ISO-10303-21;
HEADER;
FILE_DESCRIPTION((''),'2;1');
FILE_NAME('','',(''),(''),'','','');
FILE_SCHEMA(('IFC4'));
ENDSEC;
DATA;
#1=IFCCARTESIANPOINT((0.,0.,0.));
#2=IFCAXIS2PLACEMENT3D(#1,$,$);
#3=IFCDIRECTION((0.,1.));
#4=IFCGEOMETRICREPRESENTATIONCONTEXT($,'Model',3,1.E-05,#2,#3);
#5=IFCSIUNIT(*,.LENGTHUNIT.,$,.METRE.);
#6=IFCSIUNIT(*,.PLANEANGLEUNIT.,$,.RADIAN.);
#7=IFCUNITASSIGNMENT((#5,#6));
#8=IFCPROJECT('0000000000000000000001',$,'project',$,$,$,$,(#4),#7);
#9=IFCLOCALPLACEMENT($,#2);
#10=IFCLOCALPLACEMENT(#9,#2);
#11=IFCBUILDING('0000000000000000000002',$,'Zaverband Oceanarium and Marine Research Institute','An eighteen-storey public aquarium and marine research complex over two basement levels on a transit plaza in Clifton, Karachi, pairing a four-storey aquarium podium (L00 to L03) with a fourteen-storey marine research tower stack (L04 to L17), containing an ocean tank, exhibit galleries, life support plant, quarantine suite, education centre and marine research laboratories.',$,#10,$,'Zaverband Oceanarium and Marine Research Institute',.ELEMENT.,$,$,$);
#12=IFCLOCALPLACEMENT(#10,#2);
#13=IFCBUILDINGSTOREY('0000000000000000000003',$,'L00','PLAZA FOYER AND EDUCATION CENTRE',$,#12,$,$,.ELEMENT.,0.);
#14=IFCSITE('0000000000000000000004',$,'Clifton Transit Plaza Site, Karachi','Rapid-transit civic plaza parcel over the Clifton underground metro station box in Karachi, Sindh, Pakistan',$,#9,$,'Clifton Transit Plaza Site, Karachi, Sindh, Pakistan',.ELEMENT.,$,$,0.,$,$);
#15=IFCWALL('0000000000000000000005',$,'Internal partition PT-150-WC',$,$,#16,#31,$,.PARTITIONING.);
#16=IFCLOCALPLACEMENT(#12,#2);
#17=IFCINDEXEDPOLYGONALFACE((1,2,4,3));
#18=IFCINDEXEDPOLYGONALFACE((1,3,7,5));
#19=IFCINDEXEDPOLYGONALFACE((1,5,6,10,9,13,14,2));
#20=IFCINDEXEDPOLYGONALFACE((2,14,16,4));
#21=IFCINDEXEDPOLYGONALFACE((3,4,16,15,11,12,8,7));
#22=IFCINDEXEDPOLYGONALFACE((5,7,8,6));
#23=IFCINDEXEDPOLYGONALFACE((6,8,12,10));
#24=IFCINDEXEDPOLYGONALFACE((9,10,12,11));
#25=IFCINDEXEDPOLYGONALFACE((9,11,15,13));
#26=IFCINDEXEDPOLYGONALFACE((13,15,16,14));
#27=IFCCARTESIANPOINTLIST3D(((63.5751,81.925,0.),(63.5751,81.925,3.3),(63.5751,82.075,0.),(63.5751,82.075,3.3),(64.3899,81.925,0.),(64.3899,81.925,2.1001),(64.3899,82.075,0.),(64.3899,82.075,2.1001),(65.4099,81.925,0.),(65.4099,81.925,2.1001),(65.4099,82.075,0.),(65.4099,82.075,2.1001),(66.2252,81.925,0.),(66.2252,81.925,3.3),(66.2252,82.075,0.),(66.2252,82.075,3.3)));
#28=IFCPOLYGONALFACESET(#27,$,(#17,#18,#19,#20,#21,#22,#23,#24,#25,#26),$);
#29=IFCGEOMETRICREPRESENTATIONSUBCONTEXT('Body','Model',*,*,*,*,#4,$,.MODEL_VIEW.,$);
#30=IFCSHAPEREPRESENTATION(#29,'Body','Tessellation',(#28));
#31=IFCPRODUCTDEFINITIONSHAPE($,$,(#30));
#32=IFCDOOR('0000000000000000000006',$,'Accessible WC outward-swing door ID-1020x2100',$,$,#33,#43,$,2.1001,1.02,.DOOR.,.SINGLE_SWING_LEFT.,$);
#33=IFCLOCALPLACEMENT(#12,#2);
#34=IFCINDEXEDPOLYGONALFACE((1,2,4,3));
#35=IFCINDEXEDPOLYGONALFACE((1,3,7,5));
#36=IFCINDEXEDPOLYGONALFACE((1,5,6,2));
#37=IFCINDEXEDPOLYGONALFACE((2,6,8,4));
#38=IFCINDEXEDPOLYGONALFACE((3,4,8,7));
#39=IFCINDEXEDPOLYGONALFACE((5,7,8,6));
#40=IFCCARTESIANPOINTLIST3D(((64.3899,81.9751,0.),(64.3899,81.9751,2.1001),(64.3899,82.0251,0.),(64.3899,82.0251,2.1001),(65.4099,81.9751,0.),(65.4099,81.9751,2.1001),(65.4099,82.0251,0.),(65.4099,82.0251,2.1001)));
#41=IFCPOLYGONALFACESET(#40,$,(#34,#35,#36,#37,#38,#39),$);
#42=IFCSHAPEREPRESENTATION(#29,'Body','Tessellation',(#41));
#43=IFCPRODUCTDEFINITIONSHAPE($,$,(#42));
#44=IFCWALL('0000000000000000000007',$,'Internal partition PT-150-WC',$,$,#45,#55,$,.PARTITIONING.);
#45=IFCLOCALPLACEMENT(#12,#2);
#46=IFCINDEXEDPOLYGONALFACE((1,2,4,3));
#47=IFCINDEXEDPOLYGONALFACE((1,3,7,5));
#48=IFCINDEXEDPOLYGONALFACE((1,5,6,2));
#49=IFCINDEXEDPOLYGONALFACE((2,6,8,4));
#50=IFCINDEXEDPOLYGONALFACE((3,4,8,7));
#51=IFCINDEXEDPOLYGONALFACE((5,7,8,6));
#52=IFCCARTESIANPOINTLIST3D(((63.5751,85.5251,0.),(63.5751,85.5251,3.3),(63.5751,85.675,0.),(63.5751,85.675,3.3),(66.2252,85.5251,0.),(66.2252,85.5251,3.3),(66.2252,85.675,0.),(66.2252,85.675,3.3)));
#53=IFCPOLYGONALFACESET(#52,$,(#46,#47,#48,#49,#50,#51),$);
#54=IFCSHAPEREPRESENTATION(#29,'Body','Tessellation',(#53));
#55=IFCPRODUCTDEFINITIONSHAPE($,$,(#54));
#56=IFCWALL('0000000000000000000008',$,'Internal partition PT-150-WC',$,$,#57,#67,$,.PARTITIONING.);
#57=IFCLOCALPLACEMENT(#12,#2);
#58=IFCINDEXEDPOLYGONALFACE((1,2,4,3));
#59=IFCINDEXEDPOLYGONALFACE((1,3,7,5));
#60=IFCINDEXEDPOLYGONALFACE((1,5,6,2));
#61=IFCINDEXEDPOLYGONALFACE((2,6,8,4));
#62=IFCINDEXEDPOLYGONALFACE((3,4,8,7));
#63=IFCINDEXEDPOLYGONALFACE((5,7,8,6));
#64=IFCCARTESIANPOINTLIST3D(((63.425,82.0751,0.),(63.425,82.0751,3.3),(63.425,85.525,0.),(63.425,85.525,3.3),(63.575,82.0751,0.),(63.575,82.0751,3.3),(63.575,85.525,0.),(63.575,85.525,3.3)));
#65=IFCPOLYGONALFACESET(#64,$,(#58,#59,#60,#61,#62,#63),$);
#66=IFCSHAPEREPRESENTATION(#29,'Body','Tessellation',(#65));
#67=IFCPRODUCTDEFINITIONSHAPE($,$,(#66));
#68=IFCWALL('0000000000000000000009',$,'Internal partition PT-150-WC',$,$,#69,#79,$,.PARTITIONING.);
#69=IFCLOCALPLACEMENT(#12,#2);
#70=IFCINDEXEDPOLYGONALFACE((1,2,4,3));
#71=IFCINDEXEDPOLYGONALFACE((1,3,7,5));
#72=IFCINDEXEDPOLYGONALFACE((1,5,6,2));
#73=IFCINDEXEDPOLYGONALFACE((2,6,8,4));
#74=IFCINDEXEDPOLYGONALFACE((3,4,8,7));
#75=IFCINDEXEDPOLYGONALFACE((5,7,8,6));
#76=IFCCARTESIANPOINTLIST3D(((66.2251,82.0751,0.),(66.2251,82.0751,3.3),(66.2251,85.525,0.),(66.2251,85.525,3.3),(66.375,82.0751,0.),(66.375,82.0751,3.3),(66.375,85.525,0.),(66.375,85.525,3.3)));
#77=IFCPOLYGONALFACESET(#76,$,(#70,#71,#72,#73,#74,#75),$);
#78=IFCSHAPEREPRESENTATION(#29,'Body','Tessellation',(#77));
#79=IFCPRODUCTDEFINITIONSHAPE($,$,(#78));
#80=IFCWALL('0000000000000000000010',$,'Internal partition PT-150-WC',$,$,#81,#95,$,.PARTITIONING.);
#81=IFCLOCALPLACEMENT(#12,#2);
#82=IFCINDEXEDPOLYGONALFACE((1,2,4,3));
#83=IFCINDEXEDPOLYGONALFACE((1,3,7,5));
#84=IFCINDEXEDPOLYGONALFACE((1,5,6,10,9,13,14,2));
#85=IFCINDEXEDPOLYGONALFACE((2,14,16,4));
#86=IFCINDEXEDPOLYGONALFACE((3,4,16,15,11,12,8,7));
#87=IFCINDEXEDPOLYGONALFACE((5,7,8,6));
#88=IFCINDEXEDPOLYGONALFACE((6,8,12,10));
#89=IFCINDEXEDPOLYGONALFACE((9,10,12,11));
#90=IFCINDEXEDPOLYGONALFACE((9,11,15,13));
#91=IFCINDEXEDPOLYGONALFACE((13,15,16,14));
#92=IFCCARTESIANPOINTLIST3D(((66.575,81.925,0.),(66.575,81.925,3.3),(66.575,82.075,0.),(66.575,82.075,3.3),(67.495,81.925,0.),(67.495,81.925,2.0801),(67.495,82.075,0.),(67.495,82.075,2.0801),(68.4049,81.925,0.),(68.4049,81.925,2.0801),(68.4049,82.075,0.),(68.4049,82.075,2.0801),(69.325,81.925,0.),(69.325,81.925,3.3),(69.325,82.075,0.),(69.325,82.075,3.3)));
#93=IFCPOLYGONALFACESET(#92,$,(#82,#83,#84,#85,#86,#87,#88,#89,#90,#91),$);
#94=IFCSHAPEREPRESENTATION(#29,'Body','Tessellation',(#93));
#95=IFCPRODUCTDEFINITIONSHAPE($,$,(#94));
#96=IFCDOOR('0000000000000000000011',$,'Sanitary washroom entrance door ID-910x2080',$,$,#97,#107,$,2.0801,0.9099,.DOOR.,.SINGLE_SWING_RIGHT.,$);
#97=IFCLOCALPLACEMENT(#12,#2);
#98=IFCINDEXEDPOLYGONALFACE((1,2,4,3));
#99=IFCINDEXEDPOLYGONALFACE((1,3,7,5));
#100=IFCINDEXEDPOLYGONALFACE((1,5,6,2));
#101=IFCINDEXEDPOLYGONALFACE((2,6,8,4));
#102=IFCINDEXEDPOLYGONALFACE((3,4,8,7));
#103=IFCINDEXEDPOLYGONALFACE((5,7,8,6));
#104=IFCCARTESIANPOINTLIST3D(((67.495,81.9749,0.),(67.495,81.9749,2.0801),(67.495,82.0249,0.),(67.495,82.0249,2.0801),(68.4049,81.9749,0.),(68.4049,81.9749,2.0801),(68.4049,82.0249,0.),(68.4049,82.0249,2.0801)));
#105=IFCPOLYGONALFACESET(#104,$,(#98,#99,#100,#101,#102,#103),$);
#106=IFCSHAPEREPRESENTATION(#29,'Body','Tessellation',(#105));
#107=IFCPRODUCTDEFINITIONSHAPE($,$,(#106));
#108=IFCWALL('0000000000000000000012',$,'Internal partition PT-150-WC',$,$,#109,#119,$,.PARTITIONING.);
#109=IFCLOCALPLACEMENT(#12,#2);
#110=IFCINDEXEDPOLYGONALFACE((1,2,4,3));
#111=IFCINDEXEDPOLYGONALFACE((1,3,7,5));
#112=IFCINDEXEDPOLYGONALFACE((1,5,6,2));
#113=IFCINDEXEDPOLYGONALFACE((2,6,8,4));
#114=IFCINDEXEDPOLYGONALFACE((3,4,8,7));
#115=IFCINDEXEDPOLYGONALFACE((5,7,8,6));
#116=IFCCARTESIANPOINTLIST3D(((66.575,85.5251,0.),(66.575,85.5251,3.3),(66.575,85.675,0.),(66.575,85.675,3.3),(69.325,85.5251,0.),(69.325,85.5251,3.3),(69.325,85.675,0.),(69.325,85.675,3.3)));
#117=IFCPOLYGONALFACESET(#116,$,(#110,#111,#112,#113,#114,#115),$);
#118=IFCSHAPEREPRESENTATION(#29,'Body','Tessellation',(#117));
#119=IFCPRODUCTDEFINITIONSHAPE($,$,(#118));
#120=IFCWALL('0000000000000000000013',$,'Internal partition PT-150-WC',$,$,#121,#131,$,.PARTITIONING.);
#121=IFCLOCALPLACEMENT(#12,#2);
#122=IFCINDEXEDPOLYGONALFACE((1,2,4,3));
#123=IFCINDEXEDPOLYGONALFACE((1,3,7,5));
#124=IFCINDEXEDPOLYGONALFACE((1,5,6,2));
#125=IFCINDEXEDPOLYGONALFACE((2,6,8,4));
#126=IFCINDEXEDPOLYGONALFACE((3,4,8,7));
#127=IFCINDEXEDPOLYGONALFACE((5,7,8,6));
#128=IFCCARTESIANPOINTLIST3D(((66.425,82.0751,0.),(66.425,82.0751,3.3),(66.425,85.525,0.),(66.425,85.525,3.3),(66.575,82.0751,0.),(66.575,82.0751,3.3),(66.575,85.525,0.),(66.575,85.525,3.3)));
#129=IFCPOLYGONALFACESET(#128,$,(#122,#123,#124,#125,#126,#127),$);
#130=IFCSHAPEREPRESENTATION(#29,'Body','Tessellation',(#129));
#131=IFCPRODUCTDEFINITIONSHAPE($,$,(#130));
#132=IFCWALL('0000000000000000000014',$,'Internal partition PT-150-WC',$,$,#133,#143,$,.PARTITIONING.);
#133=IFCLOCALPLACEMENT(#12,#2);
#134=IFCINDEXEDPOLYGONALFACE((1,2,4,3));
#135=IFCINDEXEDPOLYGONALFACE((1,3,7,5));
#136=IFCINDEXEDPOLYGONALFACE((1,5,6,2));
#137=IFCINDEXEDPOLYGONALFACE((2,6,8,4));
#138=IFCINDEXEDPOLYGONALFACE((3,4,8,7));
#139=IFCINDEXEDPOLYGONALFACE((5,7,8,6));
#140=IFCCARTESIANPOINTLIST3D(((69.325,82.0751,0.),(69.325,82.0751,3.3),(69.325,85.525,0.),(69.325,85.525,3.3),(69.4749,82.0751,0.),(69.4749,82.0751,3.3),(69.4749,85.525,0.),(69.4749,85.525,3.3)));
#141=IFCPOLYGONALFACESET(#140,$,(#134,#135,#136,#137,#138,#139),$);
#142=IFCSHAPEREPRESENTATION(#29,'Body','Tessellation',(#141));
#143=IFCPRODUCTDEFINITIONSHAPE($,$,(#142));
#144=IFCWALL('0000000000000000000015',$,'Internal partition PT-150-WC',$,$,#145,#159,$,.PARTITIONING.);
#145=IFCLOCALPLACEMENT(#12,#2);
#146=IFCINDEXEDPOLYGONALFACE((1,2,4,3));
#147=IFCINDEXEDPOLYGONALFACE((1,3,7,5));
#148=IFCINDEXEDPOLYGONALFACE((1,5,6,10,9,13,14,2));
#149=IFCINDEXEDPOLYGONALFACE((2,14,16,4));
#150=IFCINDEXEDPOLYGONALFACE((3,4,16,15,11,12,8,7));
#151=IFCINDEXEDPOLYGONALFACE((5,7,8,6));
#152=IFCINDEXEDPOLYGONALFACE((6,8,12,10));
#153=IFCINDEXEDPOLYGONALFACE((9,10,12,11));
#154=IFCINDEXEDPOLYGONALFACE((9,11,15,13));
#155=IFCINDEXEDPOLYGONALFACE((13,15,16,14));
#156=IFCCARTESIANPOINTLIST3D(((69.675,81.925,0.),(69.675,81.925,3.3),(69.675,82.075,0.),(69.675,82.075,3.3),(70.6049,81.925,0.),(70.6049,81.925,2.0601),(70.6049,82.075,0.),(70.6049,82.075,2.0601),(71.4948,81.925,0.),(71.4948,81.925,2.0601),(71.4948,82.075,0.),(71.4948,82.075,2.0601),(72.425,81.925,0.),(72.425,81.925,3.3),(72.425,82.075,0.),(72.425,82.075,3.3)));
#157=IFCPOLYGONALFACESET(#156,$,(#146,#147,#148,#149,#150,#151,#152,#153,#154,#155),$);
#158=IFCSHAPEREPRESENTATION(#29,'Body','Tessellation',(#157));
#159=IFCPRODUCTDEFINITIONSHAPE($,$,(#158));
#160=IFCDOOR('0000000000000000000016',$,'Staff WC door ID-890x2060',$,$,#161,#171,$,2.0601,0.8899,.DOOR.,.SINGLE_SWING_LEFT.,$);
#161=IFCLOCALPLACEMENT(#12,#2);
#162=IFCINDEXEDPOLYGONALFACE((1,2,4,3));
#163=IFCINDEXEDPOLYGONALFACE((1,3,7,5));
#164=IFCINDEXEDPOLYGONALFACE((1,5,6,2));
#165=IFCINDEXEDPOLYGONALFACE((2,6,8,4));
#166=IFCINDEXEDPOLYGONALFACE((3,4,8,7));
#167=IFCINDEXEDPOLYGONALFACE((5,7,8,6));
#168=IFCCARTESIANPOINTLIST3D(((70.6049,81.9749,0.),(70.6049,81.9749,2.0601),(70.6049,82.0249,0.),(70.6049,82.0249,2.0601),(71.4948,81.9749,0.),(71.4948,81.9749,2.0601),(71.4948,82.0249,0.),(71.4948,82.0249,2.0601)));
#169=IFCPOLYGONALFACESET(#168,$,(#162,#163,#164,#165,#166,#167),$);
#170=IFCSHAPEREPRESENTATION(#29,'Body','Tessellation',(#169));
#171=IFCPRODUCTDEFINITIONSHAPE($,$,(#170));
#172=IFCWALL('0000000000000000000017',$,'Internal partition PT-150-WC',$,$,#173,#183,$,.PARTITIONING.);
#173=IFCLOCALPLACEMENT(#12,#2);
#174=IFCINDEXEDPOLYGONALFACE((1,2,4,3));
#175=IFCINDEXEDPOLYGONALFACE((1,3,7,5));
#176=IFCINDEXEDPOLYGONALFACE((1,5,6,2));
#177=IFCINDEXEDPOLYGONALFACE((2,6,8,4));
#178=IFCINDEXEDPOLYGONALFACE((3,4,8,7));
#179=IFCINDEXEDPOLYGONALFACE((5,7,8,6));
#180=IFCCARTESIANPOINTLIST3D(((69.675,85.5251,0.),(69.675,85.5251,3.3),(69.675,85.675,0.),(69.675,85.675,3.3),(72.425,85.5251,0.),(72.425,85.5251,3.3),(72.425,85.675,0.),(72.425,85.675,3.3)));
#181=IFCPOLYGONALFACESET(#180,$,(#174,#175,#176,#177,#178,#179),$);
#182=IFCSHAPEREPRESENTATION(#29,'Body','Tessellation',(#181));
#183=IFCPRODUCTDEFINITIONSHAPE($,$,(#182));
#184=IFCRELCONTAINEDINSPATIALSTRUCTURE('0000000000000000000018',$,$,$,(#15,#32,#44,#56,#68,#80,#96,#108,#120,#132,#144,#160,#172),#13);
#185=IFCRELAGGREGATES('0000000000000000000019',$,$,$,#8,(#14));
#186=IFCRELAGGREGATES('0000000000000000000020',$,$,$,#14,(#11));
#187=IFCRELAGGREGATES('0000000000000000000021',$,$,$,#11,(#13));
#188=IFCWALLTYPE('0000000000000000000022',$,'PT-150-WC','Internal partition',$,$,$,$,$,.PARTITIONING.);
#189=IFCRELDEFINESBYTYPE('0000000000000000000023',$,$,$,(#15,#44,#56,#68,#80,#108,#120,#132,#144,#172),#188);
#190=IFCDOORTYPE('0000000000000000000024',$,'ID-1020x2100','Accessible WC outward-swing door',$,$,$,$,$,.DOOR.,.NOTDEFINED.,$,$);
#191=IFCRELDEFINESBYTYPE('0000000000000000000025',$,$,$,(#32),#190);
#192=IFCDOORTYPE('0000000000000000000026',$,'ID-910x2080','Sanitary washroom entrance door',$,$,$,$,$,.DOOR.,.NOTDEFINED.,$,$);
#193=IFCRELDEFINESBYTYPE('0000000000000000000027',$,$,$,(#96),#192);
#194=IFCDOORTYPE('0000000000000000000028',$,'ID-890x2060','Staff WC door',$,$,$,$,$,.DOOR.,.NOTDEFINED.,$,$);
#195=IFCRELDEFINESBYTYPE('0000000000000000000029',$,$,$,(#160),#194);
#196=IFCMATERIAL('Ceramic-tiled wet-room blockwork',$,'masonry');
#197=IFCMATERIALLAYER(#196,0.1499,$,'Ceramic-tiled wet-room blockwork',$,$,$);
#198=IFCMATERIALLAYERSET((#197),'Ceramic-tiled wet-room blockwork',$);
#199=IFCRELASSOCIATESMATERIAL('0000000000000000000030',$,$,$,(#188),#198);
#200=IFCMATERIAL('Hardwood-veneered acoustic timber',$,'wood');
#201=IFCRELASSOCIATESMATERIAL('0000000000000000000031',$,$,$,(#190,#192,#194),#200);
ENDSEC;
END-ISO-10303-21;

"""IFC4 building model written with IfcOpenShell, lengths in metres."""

from ifc_helpers import new_model, si_unit, direction, frame, frame_2d, origin, place, context, subcontext, project, spatial, rectangle, extrude, material, layer, layer_set, type_object, element, fill, save


model = new_model("IFC4")

# Units and contexts
model_context = context("Model", 3, precision=1e-05, world=origin(), true_north=direction((0.0, 1.0)))
body_context = subcontext(model_context, "Body", "Model", "MODEL_VIEW")
ifc_project = project(units=[si_unit("LENGTHUNIT", "METRE"), si_unit("PLANEANGLEUNIT", "RADIAN")], contexts=[model_context])

# Site, building, storey
site_placement = place(None, origin())
site = spatial("IfcSite", under=ifc_project, at=site_placement, Name="Clifton Transit Plaza Site, Karachi", Description="Rapid-transit civic plaza parcel over the Clifton underground metro station box in Karachi, Sindh, Pakistan", LongName="Clifton Transit Plaza Site, Karachi, Sindh, Pakistan", CompositionType="ELEMENT", RefElevation=0.0)
building_placement = place(site_placement, origin())
building = spatial("IfcBuilding", under=site, at=building_placement, Name="Zaverband Oceanarium and Marine Research Institute", Description="An eighteen-storey public aquarium and marine research complex over two basement levels on a transit plaza in Clifton, Karachi, pairing a four-storey aquarium podium (L00 to L03) with a fourteen-storey marine research tower stack (L04 to L17), containing an ocean tank, exhibit galleries, life support plant, quarantine suite, education centre and marine research laboratories.", LongName="Zaverband Oceanarium and Marine Research Institute", CompositionType="ELEMENT")
storey_placement = place(building_placement, origin())
storey = spatial("IfcBuildingStorey", under=building, at=storey_placement, Name="L00", Description="PLAZA FOYER AND EDUCATION CENTRE", CompositionType="ELEMENT", Elevation=0.0)

# Wall, opening, door
ifc_material_1 = material(Name="Ceramic-tiled wet-room blockwork", Category="masonry")
ifc_layer = layer(ifc_material_1, 0.1499, Name="Ceramic-tiled wet-room blockwork")
ifc_layer_set = layer_set([ifc_layer], Name="Ceramic-tiled wet-room blockwork")
wall_type = type_object("IfcWallType", Name="PT-150-WC", Description="Internal partition", PredefinedType="PARTITIONING", material=ifc_layer_set)
wall_1_placement = place(storey_placement, frame((63.575, 82.0, 0.0), z_axis=(0.0, 0.0, 1.0), x_axis=(1.0, 0.0, 0.0)))
wall_1 = element("IfcWall", 1, at=wall_1_placement, inside=storey, type_object=wall_type, Name="Internal partition PT-150-WC", PredefinedType="PARTITIONING", context=body_context, shape_type="SweptSolid", body=[
    extrude(rectangle(XDim=2.6501, YDim=0.1499, at=frame_2d((1.3252, 0.0))), origin(), (0.0, 0.0, 1.0), 3.3),
])
opening_1_placement = place(wall_1_placement, frame((0.8149, 0.0, 0.0)))
opening_1 = element("IfcOpeningElement", 2, at=opening_1_placement, cuts=wall_1, PredefinedType="OPENING", context=body_context, shape_type="SweptSolid", body=[
    extrude(rectangle(XDim=1.02, YDim=2.1001, at=frame_2d((0.51, 1.05))), frame((0.0, 0.0869, 0.0), z_axis=(0.0, -1.0, 0.0), x_axis=(1.0, 0.0, 0.0)), (0.0, 0.0, 1.0), 0.1738),
])
ifc_material_2 = material(Name="Hardwood-veneered acoustic timber", Category="wood")
door_type_1 = type_object("IfcDoorType", Name="ID-1020x2100", Description="Accessible WC outward-swing door", OperationType="NOTDEFINED", PredefinedType="DOOR", material=ifc_material_2)
door_1_placement = place(opening_1_placement, frame((1.02, 0.0, 0.0), z_axis=(0.0, 0.0, 1.0), x_axis=(-1.0, 0.0, 0.0)))
door_1 = element("IfcDoor", 3, at=door_1_placement, inside=storey, type_object=door_type_1, Name="Accessible WC outward-swing door ID-1020x2100", OperationType="SINGLE_SWING_LEFT", OverallHeight=2.1001, OverallWidth=1.02, PredefinedType="DOOR", context=body_context, shape_type="SweptSolid", body=[
    extrude(rectangle(XDim=1.02, YDim=2.1001, at=frame_2d((0.51, 1.05))), frame((0.0, 0.0249, 0.0), z_axis=(0.0, -1.0, 0.0), x_axis=(1.0, 0.0, 0.0)), (0.0, 0.0, 1.0), 0.05),
])
fill(opening_1, door_1)

# Walls
wall_2_placement = place(storey_placement, frame((63.575, 85.6001, 0.0), z_axis=(0.0, 0.0, 1.0), x_axis=(1.0, 0.0, 0.0)))
element("IfcWall", 4, at=wall_2_placement, inside=storey, type_object=wall_type, Name="Internal partition PT-150-WC", PredefinedType="PARTITIONING", context=body_context, shape_type="SweptSolid", body=[
    extrude(rectangle(XDim=2.6501, YDim=0.1499, at=frame_2d((1.3252, 0.0))), origin(), (0.0, 0.0, 1.0), 3.3),
])
for number, where, z_axis, x_axis, name in (
    (5, (63.5, 82.075, 0.0), (0.0, 0.0, 1.0), (0.0, 1.0, 0.0), "Internal partition PT-150-WC"),
    (6, (66.3, 82.075, 0.0), (0.0, 0.0, 1.0), (0.0, 1.0, 0.0), "Internal partition PT-150-WC"),
):
    element("IfcWall", number, at=place(storey_placement, frame(where, z_axis=z_axis, x_axis=x_axis)), inside=storey, type_object=wall_type, Name=name, PredefinedType="PARTITIONING", context=body_context, shape_type="SweptSolid", body=[
        extrude(rectangle(XDim=3.45, YDim=0.1499, at=frame_2d((1.7251, 0.0))), origin(), (0.0, 0.0, 1.0), 3.3),
    ])

# Wall, opening, door
wall_3_placement = place(storey_placement, frame((66.575, 82.0, 0.0), z_axis=(0.0, 0.0, 1.0), x_axis=(1.0, 0.0, 0.0)))
wall_3 = element("IfcWall", 7, at=wall_3_placement, inside=storey, type_object=wall_type, Name="Internal partition PT-150-WC", PredefinedType="PARTITIONING", context=body_context, shape_type="SweptSolid", body=[
    extrude(rectangle(XDim=2.75, YDim=0.1499, at=frame_2d((1.375, 0.0))), origin(), (0.0, 0.0, 1.0), 3.3),
])
opening_2_placement = place(wall_3_placement, frame((0.9199, 0.0, 0.0)))
opening_2 = element("IfcOpeningElement", 8, at=opening_2_placement, cuts=wall_3, PredefinedType="OPENING", context=body_context, shape_type="SweptSolid", body=[
    extrude(rectangle(XDim=0.9099, YDim=2.0801, at=frame_2d((0.4551, 1.04))), frame((0.0, 0.0869, 0.0), z_axis=(0.0, -1.0, 0.0), x_axis=(1.0, 0.0, 0.0)), (0.0, 0.0, 1.0), 0.1738),
])
door_type_2 = type_object("IfcDoorType", Name="ID-910x2080", Description="Sanitary washroom entrance door", OperationType="NOTDEFINED", PredefinedType="DOOR", material=ifc_material_2)
door_2_placement = place(opening_2_placement, origin())
door_2 = element("IfcDoor", 9, at=door_2_placement, inside=storey, type_object=door_type_2, Name="Sanitary washroom entrance door ID-910x2080", OperationType="SINGLE_SWING_RIGHT", OverallHeight=2.0801, OverallWidth=0.9099, PredefinedType="DOOR", context=body_context, shape_type="SweptSolid", body=[
    extrude(rectangle(XDim=0.9099, YDim=2.0801, at=frame_2d((0.4551, 1.04))), frame((0.0, 0.0249, 0.0), z_axis=(0.0, -1.0, 0.0), x_axis=(1.0, 0.0, 0.0)), (0.0, 0.0, 1.0), 0.05),
])
fill(opening_2, door_2)

# Walls
wall_4_placement = place(storey_placement, frame((66.575, 85.6001, 0.0), z_axis=(0.0, 0.0, 1.0), x_axis=(1.0, 0.0, 0.0)))
element("IfcWall", 10, at=wall_4_placement, inside=storey, type_object=wall_type, Name="Internal partition PT-150-WC", PredefinedType="PARTITIONING", context=body_context, shape_type="SweptSolid", body=[
    extrude(rectangle(XDim=2.75, YDim=0.1499, at=frame_2d((1.375, 0.0))), origin(), (0.0, 0.0, 1.0), 3.3),
])
for number, where, z_axis, x_axis, name in (
    (11, (66.5, 82.075, 0.0), (0.0, 0.0, 1.0), (0.0, 1.0, 0.0), "Internal partition PT-150-WC"),
    (12, (69.3999, 82.075, 0.0), (0.0, 0.0, 1.0), (0.0, 1.0, 0.0), "Internal partition PT-150-WC"),
):
    element("IfcWall", number, at=place(storey_placement, frame(where, z_axis=z_axis, x_axis=x_axis)), inside=storey, type_object=wall_type, Name=name, PredefinedType="PARTITIONING", context=body_context, shape_type="SweptSolid", body=[
        extrude(rectangle(XDim=3.45, YDim=0.1499, at=frame_2d((1.7251, 0.0))), origin(), (0.0, 0.0, 1.0), 3.3),
    ])

# Wall, opening, door
wall_5_placement = place(storey_placement, frame((69.675, 82.0, 0.0), z_axis=(0.0, 0.0, 1.0), x_axis=(1.0, 0.0, 0.0)))
wall_5 = element("IfcWall", 13, at=wall_5_placement, inside=storey, type_object=wall_type, Name="Internal partition PT-150-WC", PredefinedType="PARTITIONING", context=body_context, shape_type="SweptSolid", body=[
    extrude(rectangle(XDim=2.75, YDim=0.1499, at=frame_2d((1.375, 0.0))), origin(), (0.0, 0.0, 1.0), 3.3),
])
opening_3_placement = place(wall_5_placement, frame((0.9299, 0.0, 0.0)))
opening_3 = element("IfcOpeningElement", 14, at=opening_3_placement, cuts=wall_5, PredefinedType="OPENING", context=body_context, shape_type="SweptSolid", body=[
    extrude(rectangle(XDim=0.8899, YDim=2.0601, at=frame_2d((0.4448, 1.03))), frame((0.0, 0.0869, 0.0), z_axis=(0.0, -1.0, 0.0), x_axis=(1.0, 0.0, 0.0)), (0.0, 0.0, 1.0), 0.1738),
])
door_type_3 = type_object("IfcDoorType", Name="ID-890x2060", Description="Staff WC door", OperationType="NOTDEFINED", PredefinedType="DOOR", material=ifc_material_2)
door_3_placement = place(opening_3_placement, origin())
door_3 = element("IfcDoor", 15, at=door_3_placement, inside=storey, type_object=door_type_3, Name="Staff WC door ID-890x2060", OperationType="SINGLE_SWING_LEFT", OverallHeight=2.0601, OverallWidth=0.8899, PredefinedType="DOOR", context=body_context, shape_type="SweptSolid", body=[
    extrude(rectangle(XDim=0.8899, YDim=2.0601, at=frame_2d((0.4448, 1.03))), frame((0.0, 0.0249, 0.0), z_axis=(0.0, -1.0, 0.0), x_axis=(1.0, 0.0, 0.0)), (0.0, 0.0, 1.0), 0.05),
])
fill(opening_3, door_3)

# Wall
wall_6_placement = place(storey_placement, frame((69.675, 85.6001, 0.0), z_axis=(0.0, 0.0, 1.0), x_axis=(1.0, 0.0, 0.0)))
element("IfcWall", 16, at=wall_6_placement, inside=storey, type_object=wall_type, Name="Internal partition PT-150-WC", PredefinedType="PARTITIONING", context=body_context, shape_type="SweptSolid", body=[
    extrude(rectangle(XDim=2.75, YDim=0.1499, at=frame_2d((1.375, 0.0))), origin(), (0.0, 0.0, 1.0), 3.3),
])

save(model, "model.ifc")
